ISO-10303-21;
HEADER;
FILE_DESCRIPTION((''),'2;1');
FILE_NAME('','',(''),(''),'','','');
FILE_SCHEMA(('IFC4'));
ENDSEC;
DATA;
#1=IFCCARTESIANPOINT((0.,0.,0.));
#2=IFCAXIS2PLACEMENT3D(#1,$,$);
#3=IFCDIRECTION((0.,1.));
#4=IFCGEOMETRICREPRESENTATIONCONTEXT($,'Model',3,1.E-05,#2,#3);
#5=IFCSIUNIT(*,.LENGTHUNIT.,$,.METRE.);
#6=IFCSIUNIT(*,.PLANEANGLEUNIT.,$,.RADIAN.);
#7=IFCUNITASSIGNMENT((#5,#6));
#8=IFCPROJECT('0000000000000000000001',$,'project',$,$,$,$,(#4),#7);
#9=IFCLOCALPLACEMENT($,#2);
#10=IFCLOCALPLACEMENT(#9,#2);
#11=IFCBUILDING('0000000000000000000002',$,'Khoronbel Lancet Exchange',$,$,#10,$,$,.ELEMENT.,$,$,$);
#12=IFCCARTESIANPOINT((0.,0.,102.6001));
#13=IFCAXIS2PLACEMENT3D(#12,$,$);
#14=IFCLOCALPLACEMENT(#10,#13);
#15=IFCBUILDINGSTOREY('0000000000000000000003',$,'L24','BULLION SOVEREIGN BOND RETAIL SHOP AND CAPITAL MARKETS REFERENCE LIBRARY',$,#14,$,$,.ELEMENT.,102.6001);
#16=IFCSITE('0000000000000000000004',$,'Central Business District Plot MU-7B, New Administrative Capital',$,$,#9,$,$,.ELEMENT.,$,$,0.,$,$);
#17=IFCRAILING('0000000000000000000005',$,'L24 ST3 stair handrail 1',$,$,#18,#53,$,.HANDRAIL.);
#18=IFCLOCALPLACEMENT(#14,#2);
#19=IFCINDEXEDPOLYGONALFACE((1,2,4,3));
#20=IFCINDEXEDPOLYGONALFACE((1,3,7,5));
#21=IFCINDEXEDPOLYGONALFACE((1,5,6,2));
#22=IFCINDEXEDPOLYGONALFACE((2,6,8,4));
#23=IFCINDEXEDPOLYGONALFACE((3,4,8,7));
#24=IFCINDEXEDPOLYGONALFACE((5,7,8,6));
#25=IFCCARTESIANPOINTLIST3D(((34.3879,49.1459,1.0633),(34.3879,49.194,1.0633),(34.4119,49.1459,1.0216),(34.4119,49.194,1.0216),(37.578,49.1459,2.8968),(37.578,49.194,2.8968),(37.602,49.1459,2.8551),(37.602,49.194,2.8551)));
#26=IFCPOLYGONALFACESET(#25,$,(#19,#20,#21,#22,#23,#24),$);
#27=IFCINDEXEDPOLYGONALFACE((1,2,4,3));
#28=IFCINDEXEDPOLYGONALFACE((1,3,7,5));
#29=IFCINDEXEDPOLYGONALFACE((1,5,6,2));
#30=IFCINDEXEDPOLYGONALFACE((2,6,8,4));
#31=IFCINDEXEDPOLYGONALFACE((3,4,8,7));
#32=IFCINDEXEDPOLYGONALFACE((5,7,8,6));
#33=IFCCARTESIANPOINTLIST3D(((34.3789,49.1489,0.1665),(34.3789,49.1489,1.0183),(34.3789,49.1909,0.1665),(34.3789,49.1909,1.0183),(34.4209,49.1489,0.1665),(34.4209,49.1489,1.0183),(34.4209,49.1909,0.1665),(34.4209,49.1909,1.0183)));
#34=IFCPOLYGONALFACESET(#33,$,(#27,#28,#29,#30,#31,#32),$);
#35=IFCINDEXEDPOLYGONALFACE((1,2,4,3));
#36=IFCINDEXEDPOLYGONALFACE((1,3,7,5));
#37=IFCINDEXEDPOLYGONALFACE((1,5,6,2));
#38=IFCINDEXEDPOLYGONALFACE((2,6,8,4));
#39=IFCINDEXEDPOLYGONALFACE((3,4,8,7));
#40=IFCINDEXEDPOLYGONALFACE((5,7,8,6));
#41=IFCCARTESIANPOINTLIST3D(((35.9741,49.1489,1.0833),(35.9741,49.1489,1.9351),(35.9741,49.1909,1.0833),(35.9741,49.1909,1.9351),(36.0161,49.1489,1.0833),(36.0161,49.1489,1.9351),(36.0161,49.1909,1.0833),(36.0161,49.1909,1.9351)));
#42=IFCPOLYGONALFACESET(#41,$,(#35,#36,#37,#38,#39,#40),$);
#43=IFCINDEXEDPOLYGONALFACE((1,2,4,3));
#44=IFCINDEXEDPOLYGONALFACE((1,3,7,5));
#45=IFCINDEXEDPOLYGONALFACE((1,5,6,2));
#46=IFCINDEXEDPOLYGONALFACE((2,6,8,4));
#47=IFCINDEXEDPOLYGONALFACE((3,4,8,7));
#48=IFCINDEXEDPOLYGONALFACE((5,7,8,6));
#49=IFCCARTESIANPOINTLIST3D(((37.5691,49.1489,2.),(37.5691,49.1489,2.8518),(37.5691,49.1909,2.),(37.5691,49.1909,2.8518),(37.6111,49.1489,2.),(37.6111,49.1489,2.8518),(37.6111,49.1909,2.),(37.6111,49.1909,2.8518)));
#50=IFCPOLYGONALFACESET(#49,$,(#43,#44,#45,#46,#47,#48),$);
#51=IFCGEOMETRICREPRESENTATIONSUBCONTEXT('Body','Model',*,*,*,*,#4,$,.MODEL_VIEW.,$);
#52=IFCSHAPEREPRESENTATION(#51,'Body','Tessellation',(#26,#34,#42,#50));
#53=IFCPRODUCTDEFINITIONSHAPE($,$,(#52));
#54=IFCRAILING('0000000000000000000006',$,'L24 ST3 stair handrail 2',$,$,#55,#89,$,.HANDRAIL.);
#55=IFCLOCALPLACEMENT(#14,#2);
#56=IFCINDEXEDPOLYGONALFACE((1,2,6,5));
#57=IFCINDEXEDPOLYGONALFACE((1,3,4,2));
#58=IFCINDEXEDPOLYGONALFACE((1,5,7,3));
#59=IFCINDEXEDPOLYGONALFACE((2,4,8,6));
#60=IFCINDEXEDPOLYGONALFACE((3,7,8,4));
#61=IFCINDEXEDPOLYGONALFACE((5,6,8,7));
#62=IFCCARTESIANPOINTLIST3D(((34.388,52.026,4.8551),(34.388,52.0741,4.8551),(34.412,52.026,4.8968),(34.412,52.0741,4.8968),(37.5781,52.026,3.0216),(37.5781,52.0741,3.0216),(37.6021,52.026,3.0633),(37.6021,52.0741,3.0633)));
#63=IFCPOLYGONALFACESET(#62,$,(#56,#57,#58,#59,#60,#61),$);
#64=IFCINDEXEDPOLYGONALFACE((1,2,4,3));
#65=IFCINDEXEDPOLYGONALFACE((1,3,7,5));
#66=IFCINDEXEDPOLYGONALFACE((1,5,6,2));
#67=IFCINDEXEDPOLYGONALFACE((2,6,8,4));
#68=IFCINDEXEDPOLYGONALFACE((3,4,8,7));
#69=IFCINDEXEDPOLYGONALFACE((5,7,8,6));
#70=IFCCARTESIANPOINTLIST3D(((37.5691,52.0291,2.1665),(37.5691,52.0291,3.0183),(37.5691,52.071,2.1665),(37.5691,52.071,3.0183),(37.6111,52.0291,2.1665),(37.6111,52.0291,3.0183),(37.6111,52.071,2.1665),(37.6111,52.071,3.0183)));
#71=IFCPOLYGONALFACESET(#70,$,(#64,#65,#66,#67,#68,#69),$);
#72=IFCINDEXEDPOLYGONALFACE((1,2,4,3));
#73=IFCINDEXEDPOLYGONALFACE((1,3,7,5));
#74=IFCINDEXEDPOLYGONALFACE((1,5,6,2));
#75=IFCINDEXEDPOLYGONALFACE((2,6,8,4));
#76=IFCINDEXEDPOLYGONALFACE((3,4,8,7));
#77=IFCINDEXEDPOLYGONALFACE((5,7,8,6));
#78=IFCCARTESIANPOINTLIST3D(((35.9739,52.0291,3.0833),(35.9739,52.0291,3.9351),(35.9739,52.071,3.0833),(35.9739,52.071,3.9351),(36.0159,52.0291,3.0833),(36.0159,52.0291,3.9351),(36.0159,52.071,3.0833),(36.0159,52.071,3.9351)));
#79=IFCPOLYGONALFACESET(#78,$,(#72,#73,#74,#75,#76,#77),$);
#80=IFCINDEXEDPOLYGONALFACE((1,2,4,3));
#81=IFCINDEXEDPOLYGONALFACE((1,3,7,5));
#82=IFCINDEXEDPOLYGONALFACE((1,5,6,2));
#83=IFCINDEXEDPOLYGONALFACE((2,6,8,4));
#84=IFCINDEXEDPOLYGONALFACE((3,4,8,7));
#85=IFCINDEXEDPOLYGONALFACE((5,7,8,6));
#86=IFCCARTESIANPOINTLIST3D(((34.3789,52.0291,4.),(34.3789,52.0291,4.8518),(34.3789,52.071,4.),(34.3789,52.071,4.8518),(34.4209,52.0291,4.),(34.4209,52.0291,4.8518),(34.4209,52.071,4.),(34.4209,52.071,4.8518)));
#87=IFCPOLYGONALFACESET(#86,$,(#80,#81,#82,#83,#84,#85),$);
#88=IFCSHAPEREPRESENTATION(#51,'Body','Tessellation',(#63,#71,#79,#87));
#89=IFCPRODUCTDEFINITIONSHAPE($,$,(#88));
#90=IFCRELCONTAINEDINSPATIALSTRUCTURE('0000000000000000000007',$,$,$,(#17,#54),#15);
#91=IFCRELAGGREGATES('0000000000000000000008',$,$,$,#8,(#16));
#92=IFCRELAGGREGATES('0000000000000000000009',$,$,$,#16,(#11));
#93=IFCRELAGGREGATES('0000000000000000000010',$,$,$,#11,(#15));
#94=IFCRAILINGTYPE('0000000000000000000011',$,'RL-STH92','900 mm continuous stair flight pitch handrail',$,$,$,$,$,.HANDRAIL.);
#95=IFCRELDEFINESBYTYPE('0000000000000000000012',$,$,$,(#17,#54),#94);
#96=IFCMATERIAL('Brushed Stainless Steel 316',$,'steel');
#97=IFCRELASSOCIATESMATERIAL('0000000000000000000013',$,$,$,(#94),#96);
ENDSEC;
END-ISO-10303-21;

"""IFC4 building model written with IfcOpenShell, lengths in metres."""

from ifc_helpers import new_model, si_unit, direction, frame, origin, origin_2d, place, context, subcontext, project, spatial, rectangle, extrude, material, type_object, element, save


model = new_model("IFC4")

# Units and contexts
model_context = context("Model", 3, precision=1e-05, world=origin(), true_north=direction((0.0, 1.0)))
body_context = subcontext(model_context, "Body", "Model", "MODEL_VIEW")
ifc_project = project(units=[si_unit("LENGTHUNIT", "METRE"), si_unit("PLANEANGLEUNIT", "RADIAN")], contexts=[model_context])

# Site, building, storey
site_placement = place(None, origin())
site = spatial("IfcSite", under=ifc_project, at=site_placement, Name="Central Business District Plot MU-7B, New Administrative Capital", CompositionType="ELEMENT", RefElevation=0.0)
building_placement = place(site_placement, origin())
building = spatial("IfcBuilding", under=site, at=building_placement, Name="Khoronbel Lancet Exchange", CompositionType="ELEMENT")
storey_placement = place(building_placement, frame((0.0, 0.0, 102.6001)))
storey = spatial("IfcBuildingStorey", under=building, at=storey_placement, Name="L24", Description="BULLION SOVEREIGN BOND RETAIL SHOP AND CAPITAL MARKETS REFERENCE LIBRARY", CompositionType="ELEMENT", Elevation=102.6001)

# Railings
ifc_material_1 = material(Name="Brushed Stainless Steel 316", Category="steel")
railing_type_1 = type_object("IfcRailingType", Name="RL-STH92", Description="900 mm continuous stair flight pitch handrail", PredefinedType="HANDRAIL", material=ifc_material_1)
railing_1_placement = place(storey_placement, frame((34.3999, 49.1699, 0.1665)))
element("IfcRailing", 1, at=railing_1_placement, inside=storey, type_object=railing_type_1, Name="L24 ST3 stair handrail 1", PredefinedType="HANDRAIL", context=body_context, shape_type="SweptSolid", body=[
    extrude(rectangle(XDim=0.0481, YDim=0.0481, at=origin_2d()), frame((0.0, 0.0, 0.876), z_axis=(0.867007, 0.0, 0.498295), x_axis=(0.0, 1.0, 0.0)), (0.0, 0.0, 1.0), 3.6794),
    extrude(rectangle(XDim=0.042, YDim=0.042, at=origin_2d()), origin(), (0.0, 0.0, 1.0), 0.8518),
    extrude(rectangle(XDim=0.042, YDim=0.042, at=origin_2d()), frame((1.5952, 0.0, 0.9167)), (0.0, 0.0, 1.0), 0.8518),
    extrude(rectangle(XDim=0.042, YDim=0.042, at=origin_2d()), frame((3.1902, 0.0, 1.8335)), (0.0, 0.0, 1.0), 0.8518),
])
railing_2_placement = place(storey_placement, frame((37.5901, 52.05, 2.1665)))
element("IfcRailing", 2, at=railing_2_placement, inside=storey, type_object=railing_type_1, Name="L24 ST3 stair handrail 2", PredefinedType="HANDRAIL", context=body_context, shape_type="SweptSolid", body=[
    extrude(rectangle(XDim=0.0481, YDim=0.0481, at=origin_2d()), frame((0.0, 0.0, 0.876), z_axis=(-0.867007, 0.0, 0.498295), x_axis=(0.0, -1.0, 0.0)), (0.0, 0.0, 1.0), 3.6794),
    extrude(rectangle(XDim=0.042, YDim=0.042, at=origin_2d()), origin(), (0.0, 0.0, 1.0), 0.8518),
    extrude(rectangle(XDim=0.042, YDim=0.042, at=origin_2d()), frame((-1.5952, 0.0, 0.9167)), (0.0, 0.0, 1.0), 0.8518),
    extrude(rectangle(XDim=0.042, YDim=0.042, at=origin_2d()), frame((-3.1902, 0.0, 1.8335)), (0.0, 0.0, 1.0), 0.8518),
])

save(model, "model.ifc")
